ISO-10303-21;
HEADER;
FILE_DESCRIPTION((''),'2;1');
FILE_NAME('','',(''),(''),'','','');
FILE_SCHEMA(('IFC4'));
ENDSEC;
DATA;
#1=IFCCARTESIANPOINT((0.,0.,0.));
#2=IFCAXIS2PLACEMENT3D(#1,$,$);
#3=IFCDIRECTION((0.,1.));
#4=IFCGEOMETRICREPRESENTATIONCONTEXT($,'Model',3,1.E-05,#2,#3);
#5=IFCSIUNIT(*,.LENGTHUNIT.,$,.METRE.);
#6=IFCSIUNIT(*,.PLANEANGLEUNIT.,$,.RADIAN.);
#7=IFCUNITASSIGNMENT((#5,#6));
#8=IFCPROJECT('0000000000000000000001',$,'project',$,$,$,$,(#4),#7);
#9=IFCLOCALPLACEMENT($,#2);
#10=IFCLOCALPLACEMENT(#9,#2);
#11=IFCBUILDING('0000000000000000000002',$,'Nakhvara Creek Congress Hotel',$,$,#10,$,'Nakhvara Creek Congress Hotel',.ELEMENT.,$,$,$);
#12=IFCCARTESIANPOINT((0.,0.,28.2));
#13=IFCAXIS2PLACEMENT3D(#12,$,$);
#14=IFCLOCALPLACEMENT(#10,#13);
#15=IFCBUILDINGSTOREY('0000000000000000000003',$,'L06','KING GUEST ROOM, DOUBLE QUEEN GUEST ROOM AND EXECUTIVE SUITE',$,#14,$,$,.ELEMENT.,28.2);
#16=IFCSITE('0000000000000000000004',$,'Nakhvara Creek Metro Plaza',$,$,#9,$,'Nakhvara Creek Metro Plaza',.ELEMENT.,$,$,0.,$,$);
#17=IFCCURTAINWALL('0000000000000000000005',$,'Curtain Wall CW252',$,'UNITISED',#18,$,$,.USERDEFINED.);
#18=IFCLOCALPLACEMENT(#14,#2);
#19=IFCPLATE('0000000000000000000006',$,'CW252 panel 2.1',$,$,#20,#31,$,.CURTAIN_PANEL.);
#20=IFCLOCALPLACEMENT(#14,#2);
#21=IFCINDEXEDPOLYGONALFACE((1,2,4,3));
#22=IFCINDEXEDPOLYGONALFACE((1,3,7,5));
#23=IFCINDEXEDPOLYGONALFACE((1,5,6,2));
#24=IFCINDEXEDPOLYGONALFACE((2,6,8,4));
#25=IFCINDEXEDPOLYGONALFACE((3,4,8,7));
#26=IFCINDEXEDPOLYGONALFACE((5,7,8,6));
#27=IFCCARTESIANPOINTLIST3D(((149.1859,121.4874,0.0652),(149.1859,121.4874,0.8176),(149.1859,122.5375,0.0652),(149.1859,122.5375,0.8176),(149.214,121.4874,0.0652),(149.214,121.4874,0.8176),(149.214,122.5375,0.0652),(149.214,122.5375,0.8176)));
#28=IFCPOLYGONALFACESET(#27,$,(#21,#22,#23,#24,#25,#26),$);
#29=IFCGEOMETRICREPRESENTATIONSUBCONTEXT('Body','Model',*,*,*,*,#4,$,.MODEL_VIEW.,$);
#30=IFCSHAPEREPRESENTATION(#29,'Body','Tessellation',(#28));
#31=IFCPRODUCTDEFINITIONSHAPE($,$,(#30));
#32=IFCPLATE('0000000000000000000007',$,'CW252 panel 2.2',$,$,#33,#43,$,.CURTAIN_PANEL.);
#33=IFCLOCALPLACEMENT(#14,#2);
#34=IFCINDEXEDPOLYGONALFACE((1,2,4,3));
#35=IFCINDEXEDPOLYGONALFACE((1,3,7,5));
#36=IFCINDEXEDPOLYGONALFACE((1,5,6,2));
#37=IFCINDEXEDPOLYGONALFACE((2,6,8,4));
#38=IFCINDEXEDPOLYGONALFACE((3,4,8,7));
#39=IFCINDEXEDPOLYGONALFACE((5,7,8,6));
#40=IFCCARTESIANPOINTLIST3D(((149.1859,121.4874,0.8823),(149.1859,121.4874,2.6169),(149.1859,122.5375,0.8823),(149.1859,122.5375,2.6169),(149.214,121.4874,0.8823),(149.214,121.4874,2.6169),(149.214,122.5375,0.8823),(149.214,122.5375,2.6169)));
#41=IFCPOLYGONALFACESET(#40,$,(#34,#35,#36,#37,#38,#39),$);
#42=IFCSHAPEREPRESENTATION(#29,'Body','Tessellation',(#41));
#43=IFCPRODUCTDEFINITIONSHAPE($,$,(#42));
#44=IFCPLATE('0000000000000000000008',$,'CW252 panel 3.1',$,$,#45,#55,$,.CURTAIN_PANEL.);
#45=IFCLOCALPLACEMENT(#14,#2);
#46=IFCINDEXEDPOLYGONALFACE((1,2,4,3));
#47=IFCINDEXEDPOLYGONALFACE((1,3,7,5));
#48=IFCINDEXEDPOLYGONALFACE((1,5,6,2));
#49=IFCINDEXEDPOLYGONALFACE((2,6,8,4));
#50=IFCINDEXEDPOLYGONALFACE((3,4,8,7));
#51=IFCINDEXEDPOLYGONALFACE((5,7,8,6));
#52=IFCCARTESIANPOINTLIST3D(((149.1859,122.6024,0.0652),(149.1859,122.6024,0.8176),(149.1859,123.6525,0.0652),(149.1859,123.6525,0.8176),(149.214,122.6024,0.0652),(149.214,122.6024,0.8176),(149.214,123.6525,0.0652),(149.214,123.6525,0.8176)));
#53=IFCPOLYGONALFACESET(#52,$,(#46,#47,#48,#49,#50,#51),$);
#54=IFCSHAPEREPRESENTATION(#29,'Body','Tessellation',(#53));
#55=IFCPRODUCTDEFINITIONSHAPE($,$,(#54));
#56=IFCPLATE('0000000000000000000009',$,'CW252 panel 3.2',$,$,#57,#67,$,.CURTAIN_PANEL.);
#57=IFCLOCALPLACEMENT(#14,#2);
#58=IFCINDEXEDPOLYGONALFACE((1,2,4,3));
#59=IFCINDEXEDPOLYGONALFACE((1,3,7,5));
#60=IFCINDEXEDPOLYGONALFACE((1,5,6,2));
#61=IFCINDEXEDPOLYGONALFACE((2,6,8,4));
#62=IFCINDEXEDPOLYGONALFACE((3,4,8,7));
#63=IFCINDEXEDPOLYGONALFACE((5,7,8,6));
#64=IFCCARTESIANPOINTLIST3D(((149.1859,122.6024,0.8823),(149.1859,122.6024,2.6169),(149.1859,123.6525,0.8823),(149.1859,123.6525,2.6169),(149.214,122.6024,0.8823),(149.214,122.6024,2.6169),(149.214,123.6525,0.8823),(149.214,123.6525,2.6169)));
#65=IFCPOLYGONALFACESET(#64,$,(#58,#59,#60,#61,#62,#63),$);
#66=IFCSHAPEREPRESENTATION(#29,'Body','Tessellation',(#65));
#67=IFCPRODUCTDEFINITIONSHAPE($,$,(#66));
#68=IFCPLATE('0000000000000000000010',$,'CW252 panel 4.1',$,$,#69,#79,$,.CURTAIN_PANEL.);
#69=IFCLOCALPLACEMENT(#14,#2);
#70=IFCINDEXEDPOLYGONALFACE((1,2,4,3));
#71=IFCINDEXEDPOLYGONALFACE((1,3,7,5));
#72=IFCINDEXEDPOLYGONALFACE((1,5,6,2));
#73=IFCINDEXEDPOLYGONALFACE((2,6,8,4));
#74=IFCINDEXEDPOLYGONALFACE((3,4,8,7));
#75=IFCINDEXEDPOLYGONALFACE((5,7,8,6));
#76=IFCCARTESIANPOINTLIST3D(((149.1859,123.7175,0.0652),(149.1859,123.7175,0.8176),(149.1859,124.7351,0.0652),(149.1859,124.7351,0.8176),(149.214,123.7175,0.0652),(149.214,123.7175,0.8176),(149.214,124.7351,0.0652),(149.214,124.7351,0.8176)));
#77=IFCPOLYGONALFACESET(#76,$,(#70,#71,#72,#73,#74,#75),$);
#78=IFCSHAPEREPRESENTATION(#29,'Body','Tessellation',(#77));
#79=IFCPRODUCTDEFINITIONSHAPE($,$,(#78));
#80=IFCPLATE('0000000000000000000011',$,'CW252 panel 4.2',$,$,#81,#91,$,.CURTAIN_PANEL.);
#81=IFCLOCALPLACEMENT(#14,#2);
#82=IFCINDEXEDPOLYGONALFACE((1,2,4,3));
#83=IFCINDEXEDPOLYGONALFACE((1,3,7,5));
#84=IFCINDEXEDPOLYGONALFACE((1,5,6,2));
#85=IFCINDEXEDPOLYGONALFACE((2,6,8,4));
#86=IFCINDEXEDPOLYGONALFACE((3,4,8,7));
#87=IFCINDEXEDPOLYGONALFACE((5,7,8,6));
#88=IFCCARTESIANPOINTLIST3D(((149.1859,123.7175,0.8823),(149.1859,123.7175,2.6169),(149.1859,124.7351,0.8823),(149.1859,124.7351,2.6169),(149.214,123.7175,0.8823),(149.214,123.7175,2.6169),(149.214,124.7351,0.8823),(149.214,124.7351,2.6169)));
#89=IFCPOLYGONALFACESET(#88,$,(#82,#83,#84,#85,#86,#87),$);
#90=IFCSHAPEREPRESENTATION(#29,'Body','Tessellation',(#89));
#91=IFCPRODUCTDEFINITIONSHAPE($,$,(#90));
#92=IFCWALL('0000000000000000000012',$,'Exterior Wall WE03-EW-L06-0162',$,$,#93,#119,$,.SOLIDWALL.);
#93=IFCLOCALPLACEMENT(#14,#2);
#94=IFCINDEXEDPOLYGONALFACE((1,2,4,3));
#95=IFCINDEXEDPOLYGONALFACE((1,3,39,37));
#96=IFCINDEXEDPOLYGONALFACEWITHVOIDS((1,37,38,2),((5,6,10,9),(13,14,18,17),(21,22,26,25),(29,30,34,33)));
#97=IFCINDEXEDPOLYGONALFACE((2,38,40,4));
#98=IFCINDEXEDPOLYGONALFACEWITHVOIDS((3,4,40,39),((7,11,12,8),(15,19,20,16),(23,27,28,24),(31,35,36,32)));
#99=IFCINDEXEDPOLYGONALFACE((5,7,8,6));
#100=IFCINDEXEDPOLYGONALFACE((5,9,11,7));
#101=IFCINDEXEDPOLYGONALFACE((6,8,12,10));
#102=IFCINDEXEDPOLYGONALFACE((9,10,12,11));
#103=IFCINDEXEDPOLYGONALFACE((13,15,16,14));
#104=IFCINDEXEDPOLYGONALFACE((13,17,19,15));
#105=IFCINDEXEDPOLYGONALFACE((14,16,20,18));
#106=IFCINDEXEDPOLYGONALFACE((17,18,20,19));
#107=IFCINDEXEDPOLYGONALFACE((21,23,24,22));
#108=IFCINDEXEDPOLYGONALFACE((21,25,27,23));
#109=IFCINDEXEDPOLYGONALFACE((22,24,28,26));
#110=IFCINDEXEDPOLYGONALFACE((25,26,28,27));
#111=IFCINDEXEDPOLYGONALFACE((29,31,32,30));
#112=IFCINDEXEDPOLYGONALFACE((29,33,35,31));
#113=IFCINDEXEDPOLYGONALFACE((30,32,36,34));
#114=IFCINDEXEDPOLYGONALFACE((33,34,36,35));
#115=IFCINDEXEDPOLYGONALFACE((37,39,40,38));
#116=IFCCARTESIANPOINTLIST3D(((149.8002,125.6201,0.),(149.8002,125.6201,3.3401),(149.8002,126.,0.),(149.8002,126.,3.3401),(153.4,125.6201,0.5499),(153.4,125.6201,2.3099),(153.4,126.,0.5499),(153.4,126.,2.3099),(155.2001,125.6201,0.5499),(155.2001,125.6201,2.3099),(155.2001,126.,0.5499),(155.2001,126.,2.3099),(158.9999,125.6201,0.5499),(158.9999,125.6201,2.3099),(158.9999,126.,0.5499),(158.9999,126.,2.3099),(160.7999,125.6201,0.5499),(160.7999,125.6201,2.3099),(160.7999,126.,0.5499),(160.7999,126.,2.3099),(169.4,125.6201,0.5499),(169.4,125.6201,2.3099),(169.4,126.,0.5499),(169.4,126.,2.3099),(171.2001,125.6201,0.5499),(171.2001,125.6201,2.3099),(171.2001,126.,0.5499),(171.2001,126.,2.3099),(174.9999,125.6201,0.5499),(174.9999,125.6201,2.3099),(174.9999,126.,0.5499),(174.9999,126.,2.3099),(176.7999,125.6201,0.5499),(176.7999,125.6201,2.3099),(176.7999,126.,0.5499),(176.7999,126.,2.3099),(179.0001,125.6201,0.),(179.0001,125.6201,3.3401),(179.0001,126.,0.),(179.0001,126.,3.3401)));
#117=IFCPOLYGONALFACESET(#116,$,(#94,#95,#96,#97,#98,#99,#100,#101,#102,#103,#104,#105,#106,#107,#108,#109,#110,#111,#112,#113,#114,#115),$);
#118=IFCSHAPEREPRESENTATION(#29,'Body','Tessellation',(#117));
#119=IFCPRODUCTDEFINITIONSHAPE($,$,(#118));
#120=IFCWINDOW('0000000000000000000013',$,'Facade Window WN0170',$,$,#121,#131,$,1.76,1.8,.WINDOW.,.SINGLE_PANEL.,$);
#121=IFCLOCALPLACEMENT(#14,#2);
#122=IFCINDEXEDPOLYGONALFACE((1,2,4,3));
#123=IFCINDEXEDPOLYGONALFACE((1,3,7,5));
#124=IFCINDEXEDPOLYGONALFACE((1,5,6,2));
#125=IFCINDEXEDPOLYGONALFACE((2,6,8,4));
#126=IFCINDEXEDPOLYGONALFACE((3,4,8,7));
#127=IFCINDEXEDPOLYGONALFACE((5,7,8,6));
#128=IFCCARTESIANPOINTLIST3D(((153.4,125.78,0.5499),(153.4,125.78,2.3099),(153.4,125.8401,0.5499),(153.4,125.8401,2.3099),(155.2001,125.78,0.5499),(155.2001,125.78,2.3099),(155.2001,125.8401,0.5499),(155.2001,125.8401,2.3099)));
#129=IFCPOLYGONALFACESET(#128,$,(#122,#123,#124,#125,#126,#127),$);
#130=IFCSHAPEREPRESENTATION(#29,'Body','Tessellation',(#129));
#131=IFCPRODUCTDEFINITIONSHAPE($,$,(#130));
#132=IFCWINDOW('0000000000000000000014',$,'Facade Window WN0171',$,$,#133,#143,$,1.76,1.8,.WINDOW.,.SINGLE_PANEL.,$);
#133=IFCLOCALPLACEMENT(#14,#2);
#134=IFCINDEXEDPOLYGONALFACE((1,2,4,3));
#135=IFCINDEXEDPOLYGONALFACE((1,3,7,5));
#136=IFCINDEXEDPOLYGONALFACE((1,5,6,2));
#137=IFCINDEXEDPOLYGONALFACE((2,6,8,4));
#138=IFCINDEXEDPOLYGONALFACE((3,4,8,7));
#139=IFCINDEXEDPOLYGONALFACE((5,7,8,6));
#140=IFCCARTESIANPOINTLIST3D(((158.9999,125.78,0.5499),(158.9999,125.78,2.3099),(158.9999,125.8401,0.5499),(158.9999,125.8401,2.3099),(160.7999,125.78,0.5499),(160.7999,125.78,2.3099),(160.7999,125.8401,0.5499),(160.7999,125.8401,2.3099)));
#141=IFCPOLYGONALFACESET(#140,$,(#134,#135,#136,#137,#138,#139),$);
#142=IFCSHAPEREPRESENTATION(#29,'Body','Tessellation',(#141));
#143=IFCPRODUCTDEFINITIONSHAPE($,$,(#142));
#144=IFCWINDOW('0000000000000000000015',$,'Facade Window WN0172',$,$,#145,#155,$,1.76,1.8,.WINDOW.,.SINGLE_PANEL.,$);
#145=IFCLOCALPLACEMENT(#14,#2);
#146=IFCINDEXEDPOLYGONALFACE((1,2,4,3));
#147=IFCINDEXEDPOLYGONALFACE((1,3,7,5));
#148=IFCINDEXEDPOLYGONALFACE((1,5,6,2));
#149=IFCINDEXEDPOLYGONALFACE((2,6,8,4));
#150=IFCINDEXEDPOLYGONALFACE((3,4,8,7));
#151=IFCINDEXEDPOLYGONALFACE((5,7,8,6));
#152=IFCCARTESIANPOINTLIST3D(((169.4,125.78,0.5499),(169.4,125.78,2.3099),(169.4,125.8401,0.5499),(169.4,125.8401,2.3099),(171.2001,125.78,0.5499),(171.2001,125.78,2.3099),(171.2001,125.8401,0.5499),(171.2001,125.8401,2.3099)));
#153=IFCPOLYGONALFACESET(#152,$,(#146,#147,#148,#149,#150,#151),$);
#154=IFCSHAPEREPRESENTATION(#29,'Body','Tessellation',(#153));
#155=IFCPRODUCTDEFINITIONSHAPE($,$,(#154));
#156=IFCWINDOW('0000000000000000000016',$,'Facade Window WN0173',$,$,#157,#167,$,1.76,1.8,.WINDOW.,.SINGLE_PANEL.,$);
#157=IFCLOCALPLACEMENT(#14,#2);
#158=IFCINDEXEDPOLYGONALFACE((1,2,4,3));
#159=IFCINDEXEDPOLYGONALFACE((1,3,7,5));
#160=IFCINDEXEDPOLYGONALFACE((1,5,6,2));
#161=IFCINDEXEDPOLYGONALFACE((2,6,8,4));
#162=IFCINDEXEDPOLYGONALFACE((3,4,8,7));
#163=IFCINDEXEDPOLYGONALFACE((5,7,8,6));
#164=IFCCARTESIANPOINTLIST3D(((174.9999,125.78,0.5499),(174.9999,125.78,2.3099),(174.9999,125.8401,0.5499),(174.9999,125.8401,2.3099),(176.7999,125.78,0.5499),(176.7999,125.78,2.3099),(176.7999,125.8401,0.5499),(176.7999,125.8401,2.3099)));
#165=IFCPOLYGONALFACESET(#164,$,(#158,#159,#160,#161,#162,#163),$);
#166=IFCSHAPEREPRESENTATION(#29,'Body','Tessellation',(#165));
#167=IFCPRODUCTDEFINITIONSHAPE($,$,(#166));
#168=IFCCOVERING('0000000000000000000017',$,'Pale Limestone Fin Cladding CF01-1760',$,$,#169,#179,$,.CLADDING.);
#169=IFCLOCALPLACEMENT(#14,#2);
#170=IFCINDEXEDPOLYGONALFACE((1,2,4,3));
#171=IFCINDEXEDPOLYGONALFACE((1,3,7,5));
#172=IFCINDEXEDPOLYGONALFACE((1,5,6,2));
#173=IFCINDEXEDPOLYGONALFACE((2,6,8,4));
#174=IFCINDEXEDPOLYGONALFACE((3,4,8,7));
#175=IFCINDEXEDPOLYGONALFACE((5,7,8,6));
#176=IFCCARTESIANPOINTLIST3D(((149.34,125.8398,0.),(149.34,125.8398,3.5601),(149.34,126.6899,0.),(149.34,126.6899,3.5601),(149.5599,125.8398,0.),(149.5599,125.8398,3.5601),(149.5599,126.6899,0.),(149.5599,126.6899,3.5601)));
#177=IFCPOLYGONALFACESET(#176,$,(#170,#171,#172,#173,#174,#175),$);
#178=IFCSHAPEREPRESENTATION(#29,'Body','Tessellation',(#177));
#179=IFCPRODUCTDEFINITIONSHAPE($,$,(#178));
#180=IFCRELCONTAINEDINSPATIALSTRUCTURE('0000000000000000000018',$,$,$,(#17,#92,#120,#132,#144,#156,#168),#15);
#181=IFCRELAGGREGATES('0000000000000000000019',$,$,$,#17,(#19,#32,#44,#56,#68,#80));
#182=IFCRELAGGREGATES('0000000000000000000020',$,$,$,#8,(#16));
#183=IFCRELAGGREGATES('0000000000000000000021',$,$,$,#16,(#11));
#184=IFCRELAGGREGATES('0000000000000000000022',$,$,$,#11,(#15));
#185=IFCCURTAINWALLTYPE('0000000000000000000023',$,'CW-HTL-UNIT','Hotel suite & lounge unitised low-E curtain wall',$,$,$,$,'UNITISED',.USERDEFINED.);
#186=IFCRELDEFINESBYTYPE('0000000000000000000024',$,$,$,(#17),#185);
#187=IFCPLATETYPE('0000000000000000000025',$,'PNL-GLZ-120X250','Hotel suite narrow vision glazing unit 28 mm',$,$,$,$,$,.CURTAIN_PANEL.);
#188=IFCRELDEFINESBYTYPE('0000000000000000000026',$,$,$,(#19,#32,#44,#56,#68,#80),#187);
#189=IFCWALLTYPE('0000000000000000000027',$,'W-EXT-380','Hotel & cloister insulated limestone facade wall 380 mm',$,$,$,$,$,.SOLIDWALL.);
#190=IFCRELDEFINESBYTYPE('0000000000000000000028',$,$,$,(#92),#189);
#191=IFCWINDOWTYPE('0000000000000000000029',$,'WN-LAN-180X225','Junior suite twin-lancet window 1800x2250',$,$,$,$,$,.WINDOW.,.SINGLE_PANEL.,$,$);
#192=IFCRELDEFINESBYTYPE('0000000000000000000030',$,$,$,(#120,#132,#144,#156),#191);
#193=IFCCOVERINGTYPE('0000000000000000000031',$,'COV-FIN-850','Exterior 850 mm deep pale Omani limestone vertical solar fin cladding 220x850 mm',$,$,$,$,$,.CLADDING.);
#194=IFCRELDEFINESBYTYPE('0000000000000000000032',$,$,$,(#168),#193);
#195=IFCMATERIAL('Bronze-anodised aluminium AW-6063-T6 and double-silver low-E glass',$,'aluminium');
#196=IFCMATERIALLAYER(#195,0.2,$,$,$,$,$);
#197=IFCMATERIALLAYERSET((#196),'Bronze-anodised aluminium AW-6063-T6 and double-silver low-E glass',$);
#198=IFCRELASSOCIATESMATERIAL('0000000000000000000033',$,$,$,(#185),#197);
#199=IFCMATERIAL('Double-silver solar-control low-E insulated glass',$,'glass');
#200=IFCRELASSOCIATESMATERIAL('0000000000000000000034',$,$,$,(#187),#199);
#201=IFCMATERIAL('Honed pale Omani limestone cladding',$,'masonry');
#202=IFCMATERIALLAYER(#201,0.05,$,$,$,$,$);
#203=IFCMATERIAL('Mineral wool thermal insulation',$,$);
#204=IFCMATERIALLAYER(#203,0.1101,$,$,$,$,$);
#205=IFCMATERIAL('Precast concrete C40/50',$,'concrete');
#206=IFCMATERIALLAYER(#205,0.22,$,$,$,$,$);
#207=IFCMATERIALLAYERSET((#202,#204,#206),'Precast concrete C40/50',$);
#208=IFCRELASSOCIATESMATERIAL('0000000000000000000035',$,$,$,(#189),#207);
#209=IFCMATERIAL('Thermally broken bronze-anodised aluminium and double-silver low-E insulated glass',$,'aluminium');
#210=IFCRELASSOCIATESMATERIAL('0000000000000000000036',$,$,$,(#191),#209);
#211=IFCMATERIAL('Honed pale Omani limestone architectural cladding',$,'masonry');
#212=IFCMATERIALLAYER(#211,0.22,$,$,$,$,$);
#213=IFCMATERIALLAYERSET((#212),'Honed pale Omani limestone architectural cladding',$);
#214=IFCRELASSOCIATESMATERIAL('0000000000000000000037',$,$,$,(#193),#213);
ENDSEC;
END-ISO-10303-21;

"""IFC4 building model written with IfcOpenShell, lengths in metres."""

from ifc_helpers import new_model, si_unit, direction, frame, frame_2d, origin, origin_2d, place, context, subcontext, project, spatial, rectangle, extrude, material, layer, layer_set, type_object, element, fill, aggregate, save


model = new_model("IFC4")

# Units and contexts
model_context = context("Model", 3, precision=1e-05, world=origin(), true_north=direction((0.0, 1.0)))
body_context = subcontext(model_context, "Body", "Model", "MODEL_VIEW")
ifc_project = project(units=[si_unit("LENGTHUNIT", "METRE"), si_unit("PLANEANGLEUNIT", "RADIAN")], contexts=[model_context])

# Site, building, storey
site_placement = place(None, origin())
site = spatial("IfcSite", under=ifc_project, at=site_placement, Name="Nakhvara Creek Metro Plaza", LongName="Nakhvara Creek Metro Plaza", CompositionType="ELEMENT", RefElevation=0.0)
building_placement = place(site_placement, origin())
building = spatial("IfcBuilding", under=site, at=building_placement, Name="Nakhvara Creek Congress Hotel", LongName="Nakhvara Creek Congress Hotel", CompositionType="ELEMENT")
storey_placement = place(building_placement, frame((0.0, 0.0, 28.2)))
storey = spatial("IfcBuildingStorey", under=building, at=storey_placement, Name="L06", Description="KING GUEST ROOM, DOUBLE QUEEN GUEST ROOM AND EXECUTIVE SUITE", CompositionType="ELEMENT", Elevation=28.2)

# Curtain wall, plates
ifc_material_1 = material(Name="Bronze-anodised aluminium AW-6063-T6 and double-silver low-E glass", Category="aluminium")
ifc_layer_1 = layer(ifc_material_1, 0.2)
ifc_layer_set_1 = layer_set([ifc_layer_1], Name="Bronze-anodised aluminium AW-6063-T6 and double-silver low-E glass")
curtain_wall_type = type_object("IfcCurtainWallType", Name="CW-HTL-UNIT", Description="Hotel suite & lounge unitised low-E curtain wall", ElementType="UNITISED", PredefinedType="USERDEFINED", material=ifc_layer_set_1)
curtain_wall_placement = place(storey_placement, origin())
curtain_wall = element("IfcCurtainWall", 1, at=curtain_wall_placement, inside=storey, type_object=curtain_wall_type, Name="Curtain Wall CW252", ObjectType="UNITISED", PredefinedType="USERDEFINED")
ifc_material_2 = material(Name="Double-silver solar-control low-E insulated glass", Category="glass")
plate_type = type_object("IfcPlateType", Name="PNL-GLZ-120X250", Description="Hotel suite narrow vision glazing unit 28 mm", PredefinedType="CURTAIN_PANEL", material=ifc_material_2)
plate_1_placement = place(storey_placement, frame((149.2, 122.0125, 0.0652), z_axis=(0.0, 0.0, 1.0), x_axis=(0.0, 1.0, 0.0)))
plate_1 = element("IfcPlate", 2, at=plate_1_placement, type_object=plate_type, Name="CW252 panel 2.1", PredefinedType="CURTAIN_PANEL", context=body_context, shape_type="SweptSolid", body=[
    extrude(rectangle(XDim=1.05, YDim=0.0281, at=origin_2d()), origin(), (0.0, 0.0, 1.0), 0.7524),
])
plate_2_placement = place(storey_placement, frame((149.2, 122.0125, 0.8823), z_axis=(0.0, 0.0, 1.0), x_axis=(0.0, 1.0, 0.0)))
plate_2 = element("IfcPlate", 3, at=plate_2_placement, type_object=plate_type, Name="CW252 panel 2.2", PredefinedType="CURTAIN_PANEL", context=body_context, shape_type="SweptSolid", body=[
    extrude(rectangle(XDim=1.05, YDim=0.0281, at=origin_2d()), origin(), (0.0, 0.0, 1.0), 1.7346),
])
plate_3_placement = place(storey_placement, frame((149.2, 123.1274, 0.0652), z_axis=(0.0, 0.0, 1.0), x_axis=(0.0, 1.0, 0.0)))
plate_3 = element("IfcPlate", 4, at=plate_3_placement, type_object=plate_type, Name="CW252 panel 3.1", PredefinedType="CURTAIN_PANEL", context=body_context, shape_type="SweptSolid", body=[
    extrude(rectangle(XDim=1.05, YDim=0.0281, at=origin_2d()), origin(), (0.0, 0.0, 1.0), 0.7524),
])
plate_4_placement = place(storey_placement, frame((149.2, 123.1274, 0.8823), z_axis=(0.0, 0.0, 1.0), x_axis=(0.0, 1.0, 0.0)))
plate_4 = element("IfcPlate", 5, at=plate_4_placement, type_object=plate_type, Name="CW252 panel 3.2", PredefinedType="CURTAIN_PANEL", context=body_context, shape_type="SweptSolid", body=[
    extrude(rectangle(XDim=1.05, YDim=0.0281, at=origin_2d()), origin(), (0.0, 0.0, 1.0), 1.7346),
])
plate_5_placement = place(storey_placement, frame((149.2, 124.2263, 0.0652), z_axis=(0.0, 0.0, 1.0), x_axis=(0.0, 1.0, 0.0)))
plate_5 = element("IfcPlate", 6, at=plate_5_placement, type_object=plate_type, Name="CW252 panel 4.1", PredefinedType="CURTAIN_PANEL", context=body_context, shape_type="SweptSolid", body=[
    extrude(rectangle(XDim=1.0176, YDim=0.0281, at=origin_2d()), origin(), (0.0, 0.0, 1.0), 0.7524),
])
plate_6_placement = place(storey_placement, frame((149.2, 124.2263, 0.8823), z_axis=(0.0, 0.0, 1.0), x_axis=(0.0, 1.0, 0.0)))
plate_6 = element("IfcPlate", 7, at=plate_6_placement, type_object=plate_type, Name="CW252 panel 4.2", PredefinedType="CURTAIN_PANEL", context=body_context, shape_type="SweptSolid", body=[
    extrude(rectangle(XDim=1.0176, YDim=0.0281, at=origin_2d()), origin(), (0.0, 0.0, 1.0), 1.7346),
])
aggregate(curtain_wall, [plate_1, plate_2, plate_3, plate_4, plate_5, plate_6])

# Wall, openings, windows
ifc_material_3 = material(Name="Honed pale Omani limestone cladding", Category="masonry")
ifc_layer_2 = layer(ifc_material_3, 0.05)
ifc_material_4 = material(Name="Mineral wool thermal insulation")
ifc_layer_3 = layer(ifc_material_4, 0.1101)
ifc_material_5 = material(Name="Precast concrete C40/50", Category="concrete")
ifc_layer_4 = layer(ifc_material_5, 0.22)
ifc_layer_set_2 = layer_set([ifc_layer_2, ifc_layer_3, ifc_layer_4], Name="Precast concrete C40/50")
wall_type = type_object("IfcWallType", Name="W-EXT-380", Description="Hotel & cloister insulated limestone facade wall 380 mm", PredefinedType="SOLIDWALL", material=ifc_layer_set_2)
wall_placement = place(storey_placement, frame((149.8, 125.8101, 0.0), z_axis=(0.0, 0.0, 1.0), x_axis=(1.0, 0.0, 0.0)))
wall = element("IfcWall", 8, at=wall_placement, inside=storey, type_object=wall_type, Name="Exterior Wall WE03-EW-L06-0162", PredefinedType="SOLIDWALL", context=body_context, shape_type="SweptSolid", body=[
    extrude(rectangle(XDim=29.2, YDim=0.3799, at=frame_2d((14.6001, 0.0))), origin(), (0.0, 0.0, 1.0), 3.3401),
])
opening_1_placement = place(wall_placement, frame((3.6001, 0.0, 0.55)))
opening_1 = element("IfcOpeningElement", 9, at=opening_1_placement, cuts=wall, PredefinedType="OPENING", context=body_context, shape_type="SweptSolid", body=[
    extrude(rectangle(XDim=1.8, YDim=1.76, at=frame_2d((0.8999, 0.8799))), frame((0.0, 0.2019, 0.0), z_axis=(0.0, -1.0, 0.0), x_axis=(1.0, 0.0, 0.0)), (0.0, 0.0, 1.0), 0.4038),
])
opening_2_placement = place(wall_placement, frame((9.2, 0.0, 0.55)))
opening_2 = element("IfcOpeningElement", 10, at=opening_2_placement, cuts=wall, PredefinedType="OPENING", context=body_context, shape_type="SweptSolid", body=[
    extrude(rectangle(XDim=1.8, YDim=1.76, at=frame_2d((0.8999, 0.8799))), frame((0.0, 0.2019, 0.0), z_axis=(0.0, -1.0, 0.0), x_axis=(1.0, 0.0, 0.0)), (0.0, 0.0, 1.0), 0.4038),
])
opening_3_placement = place(wall_placement, frame((19.6001, 0.0, 0.55)))
opening_3 = element("IfcOpeningElement", 11, at=opening_3_placement, cuts=wall, PredefinedType="OPENING", context=body_context, shape_type="SweptSolid", body=[
    extrude(rectangle(XDim=1.8, YDim=1.76, at=frame_2d((0.8999, 0.8799))), frame((0.0, 0.2019, 0.0), z_axis=(0.0, -1.0, 0.0), x_axis=(1.0, 0.0, 0.0)), (0.0, 0.0, 1.0), 0.4038),
])
opening_4_placement = place(wall_placement, frame((25.2, 0.0, 0.55)))
opening_4 = element("IfcOpeningElement", 12, at=opening_4_placement, cuts=wall, PredefinedType="OPENING", context=body_context, shape_type="SweptSolid", body=[
    extrude(rectangle(XDim=1.8, YDim=1.76, at=frame_2d((0.8999, 0.8799))), frame((0.0, 0.2019, 0.0), z_axis=(0.0, -1.0, 0.0), x_axis=(1.0, 0.0, 0.0)), (0.0, 0.0, 1.0), 0.4038),
])
ifc_material_6 = material(Name="Thermally broken bronze-anodised aluminium and double-silver low-E insulated glass", Category="aluminium")
window_type = type_object("IfcWindowType", Name="WN-LAN-180X225", Description="Junior suite twin-lancet window 1800x2250", PartitioningType="SINGLE_PANEL", PredefinedType="WINDOW", material=ifc_material_6)
window_1_placement = place(opening_1_placement, origin())
window_1 = element("IfcWindow", 13, at=window_1_placement, inside=storey, type_object=window_type, Name="Facade Window WN0170", OverallHeight=1.76, OverallWidth=1.8, PartitioningType="SINGLE_PANEL", PredefinedType="WINDOW", context=body_context, shape_type="SweptSolid", body=[
    extrude(rectangle(XDim=1.8, YDim=1.76, at=frame_2d((0.8999, 0.8799))), frame((0.0, 0.03, 0.0), z_axis=(0.0, -1.0, 0.0), x_axis=(1.0, 0.0, 0.0)), (0.0, 0.0, 1.0), 0.0601),
])
fill(opening_1, window_1)
window_2_placement = place(opening_2_placement, origin())
window_2 = element("IfcWindow", 14, at=window_2_placement, inside=storey, type_object=window_type, Name="Facade Window WN0171", OverallHeight=1.76, OverallWidth=1.8, PartitioningType="SINGLE_PANEL", PredefinedType="WINDOW", context=body_context, shape_type="SweptSolid", body=[
    extrude(rectangle(XDim=1.8, YDim=1.76, at=frame_2d((0.8999, 0.8799))), frame((0.0, 0.03, 0.0), z_axis=(0.0, -1.0, 0.0), x_axis=(1.0, 0.0, 0.0)), (0.0, 0.0, 1.0), 0.0601),
])
fill(opening_2, window_2)
window_3_placement = place(opening_3_placement, origin())
window_3 = element("IfcWindow", 15, at=window_3_placement, inside=storey, type_object=window_type, Name="Facade Window WN0172", OverallHeight=1.76, OverallWidth=1.8, PartitioningType="SINGLE_PANEL", PredefinedType="WINDOW", context=body_context, shape_type="SweptSolid", body=[
    extrude(rectangle(XDim=1.8, YDim=1.76, at=frame_2d((0.8999, 0.8799))), frame((0.0, 0.03, 0.0), z_axis=(0.0, -1.0, 0.0), x_axis=(1.0, 0.0, 0.0)), (0.0, 0.0, 1.0), 0.0601),
])
fill(opening_3, window_3)
window_4_placement = place(opening_4_placement, origin())
window_4 = element("IfcWindow", 16, at=window_4_placement, inside=storey, type_object=window_type, Name="Facade Window WN0173", OverallHeight=1.76, OverallWidth=1.8, PartitioningType="SINGLE_PANEL", PredefinedType="WINDOW", context=body_context, shape_type="SweptSolid", body=[
    extrude(rectangle(XDim=1.8, YDim=1.76, at=frame_2d((0.8999, 0.8799))), frame((0.0, 0.03, 0.0), z_axis=(0.0, -1.0, 0.0), x_axis=(1.0, 0.0, 0.0)), (0.0, 0.0, 1.0), 0.0601),
])
fill(opening_4, window_4)

# Covering
ifc_material_7 = material(Name="Honed pale Omani limestone architectural cladding", Category="masonry")
ifc_layer_5 = layer(ifc_material_7, 0.22)
ifc_layer_set_3 = layer_set([ifc_layer_5], Name="Honed pale Omani limestone architectural cladding")
covering_type = type_object("IfcCoveringType", Name="COV-FIN-850", Description="Exterior 850 mm deep pale Omani limestone vertical solar fin cladding 220x850 mm", PredefinedType="CLADDING", material=ifc_layer_set_3)
covering_placement = place(storey_placement, frame((149.45, 126.2649, 0.0), z_axis=(0.0, 0.0, 1.0), x_axis=(1.0, 0.0, 0.0)))
element("IfcCovering", 17, at=covering_placement, inside=storey, type_object=covering_type, Name="Pale Limestone Fin Cladding CF01-1760", PredefinedType="CLADDING", context=body_context, shape_type="SweptSolid", body=[
    extrude(rectangle(XDim=0.22, YDim=0.8501, at=origin_2d()), origin(), (0.0, 0.0, 1.0), 3.5601),
])

save(model, "model.ifc")
